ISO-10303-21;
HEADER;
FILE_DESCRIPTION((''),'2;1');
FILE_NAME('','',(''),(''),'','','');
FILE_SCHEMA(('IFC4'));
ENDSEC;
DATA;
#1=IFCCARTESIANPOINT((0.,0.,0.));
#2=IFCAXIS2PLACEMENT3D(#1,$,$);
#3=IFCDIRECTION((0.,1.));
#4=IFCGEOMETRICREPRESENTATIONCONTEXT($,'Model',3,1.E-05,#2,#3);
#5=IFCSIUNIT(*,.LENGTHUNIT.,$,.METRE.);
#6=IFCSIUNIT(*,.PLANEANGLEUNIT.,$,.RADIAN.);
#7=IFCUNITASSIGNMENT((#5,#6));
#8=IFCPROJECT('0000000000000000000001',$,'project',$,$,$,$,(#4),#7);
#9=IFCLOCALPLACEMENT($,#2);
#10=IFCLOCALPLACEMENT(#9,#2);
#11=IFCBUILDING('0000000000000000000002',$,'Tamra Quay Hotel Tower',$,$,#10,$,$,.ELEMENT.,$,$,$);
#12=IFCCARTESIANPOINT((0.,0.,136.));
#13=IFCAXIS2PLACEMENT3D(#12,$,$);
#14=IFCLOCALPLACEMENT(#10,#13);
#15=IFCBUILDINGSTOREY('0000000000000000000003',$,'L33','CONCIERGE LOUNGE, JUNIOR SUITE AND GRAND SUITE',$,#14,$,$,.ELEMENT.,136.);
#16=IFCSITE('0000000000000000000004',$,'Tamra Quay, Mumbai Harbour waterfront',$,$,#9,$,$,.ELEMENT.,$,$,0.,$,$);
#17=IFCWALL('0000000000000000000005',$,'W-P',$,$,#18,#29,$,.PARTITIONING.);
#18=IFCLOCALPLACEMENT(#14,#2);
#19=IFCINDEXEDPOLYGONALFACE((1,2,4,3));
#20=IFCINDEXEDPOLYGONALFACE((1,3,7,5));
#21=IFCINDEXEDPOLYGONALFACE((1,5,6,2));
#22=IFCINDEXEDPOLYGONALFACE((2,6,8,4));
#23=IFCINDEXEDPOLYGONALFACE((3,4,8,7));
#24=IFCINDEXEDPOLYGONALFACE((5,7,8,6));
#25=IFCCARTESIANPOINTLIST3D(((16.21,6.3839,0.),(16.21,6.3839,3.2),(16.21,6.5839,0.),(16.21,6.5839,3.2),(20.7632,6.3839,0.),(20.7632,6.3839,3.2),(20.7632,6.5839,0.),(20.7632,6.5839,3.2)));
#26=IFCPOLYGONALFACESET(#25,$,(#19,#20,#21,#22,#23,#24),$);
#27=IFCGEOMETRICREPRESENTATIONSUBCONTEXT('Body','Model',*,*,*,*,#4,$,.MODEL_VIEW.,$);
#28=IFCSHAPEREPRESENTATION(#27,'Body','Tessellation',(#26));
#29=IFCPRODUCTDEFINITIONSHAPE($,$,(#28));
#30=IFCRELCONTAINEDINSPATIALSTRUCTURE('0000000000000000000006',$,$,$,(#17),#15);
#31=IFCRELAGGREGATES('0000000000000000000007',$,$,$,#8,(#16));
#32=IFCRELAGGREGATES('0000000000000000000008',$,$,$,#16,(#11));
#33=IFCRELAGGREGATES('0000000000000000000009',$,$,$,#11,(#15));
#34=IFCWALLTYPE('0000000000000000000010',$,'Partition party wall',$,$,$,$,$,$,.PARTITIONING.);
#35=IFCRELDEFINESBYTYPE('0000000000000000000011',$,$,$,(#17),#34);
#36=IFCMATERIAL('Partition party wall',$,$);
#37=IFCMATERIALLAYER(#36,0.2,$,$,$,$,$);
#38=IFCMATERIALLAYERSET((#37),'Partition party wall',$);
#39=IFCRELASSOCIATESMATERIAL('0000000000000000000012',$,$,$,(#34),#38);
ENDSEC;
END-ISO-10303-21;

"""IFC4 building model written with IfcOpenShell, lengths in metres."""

from ifc_helpers import new_model, si_unit, direction, frame, frame_2d, origin, place, context, subcontext, project, spatial, rectangle, extrude, material, layer, layer_set, type_object, element, save


model = new_model("IFC4")

# Units and contexts
model_context = context("Model", 3, precision=1e-05, world=origin(), true_north=direction((0.0, 1.0)))
body_context = subcontext(model_context, "Body", "Model", "MODEL_VIEW")
ifc_project = project(units=[si_unit("LENGTHUNIT", "METRE"), si_unit("PLANEANGLEUNIT", "RADIAN")], contexts=[model_context])

# Site, building, storey
site_placement = place(None, origin())
site = spatial("IfcSite", under=ifc_project, at=site_placement, Name="Tamra Quay, Mumbai Harbour waterfront", CompositionType="ELEMENT", RefElevation=0.0)
building_placement = place(site_placement, origin())
building = spatial("IfcBuilding", under=site, at=building_placement, Name="Tamra Quay Hotel Tower", CompositionType="ELEMENT")
storey_placement = place(building_placement, frame((0.0, 0.0, 136.0)))
storey = spatial("IfcBuildingStorey", under=building, at=storey_placement, Name="L33", Description="CONCIERGE LOUNGE, JUNIOR SUITE AND GRAND SUITE", CompositionType="ELEMENT", Elevation=136.0)

# Wall
ifc_material_1 = material(Name="Partition party wall")
ifc_layer_1 = layer(ifc_material_1, 0.2)
ifc_layer_set_1 = layer_set([ifc_layer_1], Name="Partition party wall")
wall_type_1 = type_object("IfcWallType", Name="Partition party wall", PredefinedType="PARTITIONING", material=ifc_layer_set_1)
wall_1_placement = place(storey_placement, frame((16.21, 6.4839, 0.0), z_axis=(0.0, 0.0, 1.0), x_axis=(1.0, 0.0, 0.0)))
element("IfcWall", 1, at=wall_1_placement, inside=storey, type_object=wall_type_1, Name="W-P", PredefinedType="PARTITIONING", context=body_context, shape_type="SweptSolid", body=[
    extrude(rectangle(XDim=4.5532, YDim=0.2, at=frame_2d((2.2766, 0.0))), origin(), (0.0, 0.0, 1.0), 3.2),
])

save(model, "model.ifc")
